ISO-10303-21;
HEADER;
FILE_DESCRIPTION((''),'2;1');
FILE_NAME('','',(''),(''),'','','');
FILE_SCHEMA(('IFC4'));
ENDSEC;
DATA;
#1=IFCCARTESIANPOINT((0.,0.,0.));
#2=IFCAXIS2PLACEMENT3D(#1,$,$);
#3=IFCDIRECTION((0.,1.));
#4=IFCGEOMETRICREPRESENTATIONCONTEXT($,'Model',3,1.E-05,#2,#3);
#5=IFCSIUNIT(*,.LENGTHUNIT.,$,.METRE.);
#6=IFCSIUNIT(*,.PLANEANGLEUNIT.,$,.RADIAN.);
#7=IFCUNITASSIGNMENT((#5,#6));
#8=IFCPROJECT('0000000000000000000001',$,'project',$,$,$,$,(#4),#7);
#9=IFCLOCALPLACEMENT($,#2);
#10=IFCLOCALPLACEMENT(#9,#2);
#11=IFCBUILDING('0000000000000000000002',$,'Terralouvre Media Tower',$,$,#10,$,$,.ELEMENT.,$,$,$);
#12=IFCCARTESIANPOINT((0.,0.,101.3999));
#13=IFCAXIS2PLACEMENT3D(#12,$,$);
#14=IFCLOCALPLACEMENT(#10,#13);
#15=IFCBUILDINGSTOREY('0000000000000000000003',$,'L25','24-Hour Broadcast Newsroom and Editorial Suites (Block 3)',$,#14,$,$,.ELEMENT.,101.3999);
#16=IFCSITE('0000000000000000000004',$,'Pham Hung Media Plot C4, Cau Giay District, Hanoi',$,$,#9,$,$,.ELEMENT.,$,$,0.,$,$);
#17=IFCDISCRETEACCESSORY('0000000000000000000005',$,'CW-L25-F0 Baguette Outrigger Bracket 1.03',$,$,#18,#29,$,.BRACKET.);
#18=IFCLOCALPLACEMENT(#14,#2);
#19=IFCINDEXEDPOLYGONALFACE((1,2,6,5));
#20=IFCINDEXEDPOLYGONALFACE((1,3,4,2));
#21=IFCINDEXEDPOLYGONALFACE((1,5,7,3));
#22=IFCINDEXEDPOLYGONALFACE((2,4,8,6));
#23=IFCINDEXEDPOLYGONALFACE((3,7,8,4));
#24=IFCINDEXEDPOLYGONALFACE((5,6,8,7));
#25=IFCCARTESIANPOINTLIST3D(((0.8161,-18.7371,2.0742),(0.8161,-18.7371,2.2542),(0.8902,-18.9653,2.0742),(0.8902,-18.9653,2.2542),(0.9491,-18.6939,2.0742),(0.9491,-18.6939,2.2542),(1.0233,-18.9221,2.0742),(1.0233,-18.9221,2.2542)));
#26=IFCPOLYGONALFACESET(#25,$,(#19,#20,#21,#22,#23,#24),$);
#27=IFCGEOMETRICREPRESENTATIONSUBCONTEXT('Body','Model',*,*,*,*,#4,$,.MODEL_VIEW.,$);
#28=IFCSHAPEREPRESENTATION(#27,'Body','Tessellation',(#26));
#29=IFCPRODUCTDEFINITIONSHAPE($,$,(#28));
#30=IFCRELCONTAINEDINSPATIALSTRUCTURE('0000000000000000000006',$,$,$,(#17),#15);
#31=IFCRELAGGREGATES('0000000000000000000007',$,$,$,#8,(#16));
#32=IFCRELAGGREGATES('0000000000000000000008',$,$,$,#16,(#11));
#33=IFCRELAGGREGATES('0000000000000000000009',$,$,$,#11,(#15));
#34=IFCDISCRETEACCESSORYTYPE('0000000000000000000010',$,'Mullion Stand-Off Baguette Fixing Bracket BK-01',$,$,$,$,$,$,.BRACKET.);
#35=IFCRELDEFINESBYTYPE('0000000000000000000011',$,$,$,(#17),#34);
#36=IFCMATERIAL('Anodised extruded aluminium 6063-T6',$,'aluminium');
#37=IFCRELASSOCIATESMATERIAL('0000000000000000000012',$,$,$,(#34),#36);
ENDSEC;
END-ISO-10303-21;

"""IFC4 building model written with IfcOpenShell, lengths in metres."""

from ifc_helpers import new_model, si_unit, direction, frame, origin, origin_2d, place, context, subcontext, project, spatial, rectangle, extrude, material, type_object, element, save


model = new_model("IFC4")

# Units and contexts
model_context = context("Model", 3, precision=1e-05, world=origin(), true_north=direction((0.0, 1.0)))
body_context = subcontext(model_context, "Body", "Model", "MODEL_VIEW")
ifc_project = project(units=[si_unit("LENGTHUNIT", "METRE"), si_unit("PLANEANGLEUNIT", "RADIAN")], contexts=[model_context])

# Site, building, storey
site_placement = place(None, origin())
site = spatial("IfcSite", under=ifc_project, at=site_placement, Name="Pham Hung Media Plot C4, Cau Giay District, Hanoi", CompositionType="ELEMENT", RefElevation=0.0)
building_placement = place(site_placement, origin())
building = spatial("IfcBuilding", under=site, at=building_placement, Name="Terralouvre Media Tower", CompositionType="ELEMENT")
storey_placement = place(building_placement, frame((0.0, 0.0, 101.3999)))
storey = spatial("IfcBuildingStorey", under=building, at=storey_placement, Name="L25", Description="24-Hour Broadcast Newsroom and Editorial Suites (Block 3)", CompositionType="ELEMENT", Elevation=101.3999)

# Discrete accessory
ifc_material_1 = material(Name="Anodised extruded aluminium 6063-T6", Category="aluminium")
discrete_accessory_type = type_object("IfcDiscreteAccessoryType", Name="Mullion Stand-Off Baguette Fixing Bracket BK-01", PredefinedType="BRACKET", material=ifc_material_1)
discrete_accessory_placement = place(storey_placement, frame((0.9197, -18.8296, 2.0742), z_axis=(0.0, 0.0, 1.0), x_axis=(0.951057, 0.309017, 0.0)))
element("IfcDiscreteAccessory", 1, at=discrete_accessory_placement, inside=storey, type_object=discrete_accessory_type, Name="CW-L25-F0 Baguette Outrigger Bracket 1.03", PredefinedType="BRACKET", context=body_context, shape_type="SweptSolid", body=[
    extrude(rectangle(XDim=0.1399, YDim=0.24, at=origin_2d()), origin(), (0.0, 0.0, 1.0), 0.1799),
])

save(model, "model.ifc")
